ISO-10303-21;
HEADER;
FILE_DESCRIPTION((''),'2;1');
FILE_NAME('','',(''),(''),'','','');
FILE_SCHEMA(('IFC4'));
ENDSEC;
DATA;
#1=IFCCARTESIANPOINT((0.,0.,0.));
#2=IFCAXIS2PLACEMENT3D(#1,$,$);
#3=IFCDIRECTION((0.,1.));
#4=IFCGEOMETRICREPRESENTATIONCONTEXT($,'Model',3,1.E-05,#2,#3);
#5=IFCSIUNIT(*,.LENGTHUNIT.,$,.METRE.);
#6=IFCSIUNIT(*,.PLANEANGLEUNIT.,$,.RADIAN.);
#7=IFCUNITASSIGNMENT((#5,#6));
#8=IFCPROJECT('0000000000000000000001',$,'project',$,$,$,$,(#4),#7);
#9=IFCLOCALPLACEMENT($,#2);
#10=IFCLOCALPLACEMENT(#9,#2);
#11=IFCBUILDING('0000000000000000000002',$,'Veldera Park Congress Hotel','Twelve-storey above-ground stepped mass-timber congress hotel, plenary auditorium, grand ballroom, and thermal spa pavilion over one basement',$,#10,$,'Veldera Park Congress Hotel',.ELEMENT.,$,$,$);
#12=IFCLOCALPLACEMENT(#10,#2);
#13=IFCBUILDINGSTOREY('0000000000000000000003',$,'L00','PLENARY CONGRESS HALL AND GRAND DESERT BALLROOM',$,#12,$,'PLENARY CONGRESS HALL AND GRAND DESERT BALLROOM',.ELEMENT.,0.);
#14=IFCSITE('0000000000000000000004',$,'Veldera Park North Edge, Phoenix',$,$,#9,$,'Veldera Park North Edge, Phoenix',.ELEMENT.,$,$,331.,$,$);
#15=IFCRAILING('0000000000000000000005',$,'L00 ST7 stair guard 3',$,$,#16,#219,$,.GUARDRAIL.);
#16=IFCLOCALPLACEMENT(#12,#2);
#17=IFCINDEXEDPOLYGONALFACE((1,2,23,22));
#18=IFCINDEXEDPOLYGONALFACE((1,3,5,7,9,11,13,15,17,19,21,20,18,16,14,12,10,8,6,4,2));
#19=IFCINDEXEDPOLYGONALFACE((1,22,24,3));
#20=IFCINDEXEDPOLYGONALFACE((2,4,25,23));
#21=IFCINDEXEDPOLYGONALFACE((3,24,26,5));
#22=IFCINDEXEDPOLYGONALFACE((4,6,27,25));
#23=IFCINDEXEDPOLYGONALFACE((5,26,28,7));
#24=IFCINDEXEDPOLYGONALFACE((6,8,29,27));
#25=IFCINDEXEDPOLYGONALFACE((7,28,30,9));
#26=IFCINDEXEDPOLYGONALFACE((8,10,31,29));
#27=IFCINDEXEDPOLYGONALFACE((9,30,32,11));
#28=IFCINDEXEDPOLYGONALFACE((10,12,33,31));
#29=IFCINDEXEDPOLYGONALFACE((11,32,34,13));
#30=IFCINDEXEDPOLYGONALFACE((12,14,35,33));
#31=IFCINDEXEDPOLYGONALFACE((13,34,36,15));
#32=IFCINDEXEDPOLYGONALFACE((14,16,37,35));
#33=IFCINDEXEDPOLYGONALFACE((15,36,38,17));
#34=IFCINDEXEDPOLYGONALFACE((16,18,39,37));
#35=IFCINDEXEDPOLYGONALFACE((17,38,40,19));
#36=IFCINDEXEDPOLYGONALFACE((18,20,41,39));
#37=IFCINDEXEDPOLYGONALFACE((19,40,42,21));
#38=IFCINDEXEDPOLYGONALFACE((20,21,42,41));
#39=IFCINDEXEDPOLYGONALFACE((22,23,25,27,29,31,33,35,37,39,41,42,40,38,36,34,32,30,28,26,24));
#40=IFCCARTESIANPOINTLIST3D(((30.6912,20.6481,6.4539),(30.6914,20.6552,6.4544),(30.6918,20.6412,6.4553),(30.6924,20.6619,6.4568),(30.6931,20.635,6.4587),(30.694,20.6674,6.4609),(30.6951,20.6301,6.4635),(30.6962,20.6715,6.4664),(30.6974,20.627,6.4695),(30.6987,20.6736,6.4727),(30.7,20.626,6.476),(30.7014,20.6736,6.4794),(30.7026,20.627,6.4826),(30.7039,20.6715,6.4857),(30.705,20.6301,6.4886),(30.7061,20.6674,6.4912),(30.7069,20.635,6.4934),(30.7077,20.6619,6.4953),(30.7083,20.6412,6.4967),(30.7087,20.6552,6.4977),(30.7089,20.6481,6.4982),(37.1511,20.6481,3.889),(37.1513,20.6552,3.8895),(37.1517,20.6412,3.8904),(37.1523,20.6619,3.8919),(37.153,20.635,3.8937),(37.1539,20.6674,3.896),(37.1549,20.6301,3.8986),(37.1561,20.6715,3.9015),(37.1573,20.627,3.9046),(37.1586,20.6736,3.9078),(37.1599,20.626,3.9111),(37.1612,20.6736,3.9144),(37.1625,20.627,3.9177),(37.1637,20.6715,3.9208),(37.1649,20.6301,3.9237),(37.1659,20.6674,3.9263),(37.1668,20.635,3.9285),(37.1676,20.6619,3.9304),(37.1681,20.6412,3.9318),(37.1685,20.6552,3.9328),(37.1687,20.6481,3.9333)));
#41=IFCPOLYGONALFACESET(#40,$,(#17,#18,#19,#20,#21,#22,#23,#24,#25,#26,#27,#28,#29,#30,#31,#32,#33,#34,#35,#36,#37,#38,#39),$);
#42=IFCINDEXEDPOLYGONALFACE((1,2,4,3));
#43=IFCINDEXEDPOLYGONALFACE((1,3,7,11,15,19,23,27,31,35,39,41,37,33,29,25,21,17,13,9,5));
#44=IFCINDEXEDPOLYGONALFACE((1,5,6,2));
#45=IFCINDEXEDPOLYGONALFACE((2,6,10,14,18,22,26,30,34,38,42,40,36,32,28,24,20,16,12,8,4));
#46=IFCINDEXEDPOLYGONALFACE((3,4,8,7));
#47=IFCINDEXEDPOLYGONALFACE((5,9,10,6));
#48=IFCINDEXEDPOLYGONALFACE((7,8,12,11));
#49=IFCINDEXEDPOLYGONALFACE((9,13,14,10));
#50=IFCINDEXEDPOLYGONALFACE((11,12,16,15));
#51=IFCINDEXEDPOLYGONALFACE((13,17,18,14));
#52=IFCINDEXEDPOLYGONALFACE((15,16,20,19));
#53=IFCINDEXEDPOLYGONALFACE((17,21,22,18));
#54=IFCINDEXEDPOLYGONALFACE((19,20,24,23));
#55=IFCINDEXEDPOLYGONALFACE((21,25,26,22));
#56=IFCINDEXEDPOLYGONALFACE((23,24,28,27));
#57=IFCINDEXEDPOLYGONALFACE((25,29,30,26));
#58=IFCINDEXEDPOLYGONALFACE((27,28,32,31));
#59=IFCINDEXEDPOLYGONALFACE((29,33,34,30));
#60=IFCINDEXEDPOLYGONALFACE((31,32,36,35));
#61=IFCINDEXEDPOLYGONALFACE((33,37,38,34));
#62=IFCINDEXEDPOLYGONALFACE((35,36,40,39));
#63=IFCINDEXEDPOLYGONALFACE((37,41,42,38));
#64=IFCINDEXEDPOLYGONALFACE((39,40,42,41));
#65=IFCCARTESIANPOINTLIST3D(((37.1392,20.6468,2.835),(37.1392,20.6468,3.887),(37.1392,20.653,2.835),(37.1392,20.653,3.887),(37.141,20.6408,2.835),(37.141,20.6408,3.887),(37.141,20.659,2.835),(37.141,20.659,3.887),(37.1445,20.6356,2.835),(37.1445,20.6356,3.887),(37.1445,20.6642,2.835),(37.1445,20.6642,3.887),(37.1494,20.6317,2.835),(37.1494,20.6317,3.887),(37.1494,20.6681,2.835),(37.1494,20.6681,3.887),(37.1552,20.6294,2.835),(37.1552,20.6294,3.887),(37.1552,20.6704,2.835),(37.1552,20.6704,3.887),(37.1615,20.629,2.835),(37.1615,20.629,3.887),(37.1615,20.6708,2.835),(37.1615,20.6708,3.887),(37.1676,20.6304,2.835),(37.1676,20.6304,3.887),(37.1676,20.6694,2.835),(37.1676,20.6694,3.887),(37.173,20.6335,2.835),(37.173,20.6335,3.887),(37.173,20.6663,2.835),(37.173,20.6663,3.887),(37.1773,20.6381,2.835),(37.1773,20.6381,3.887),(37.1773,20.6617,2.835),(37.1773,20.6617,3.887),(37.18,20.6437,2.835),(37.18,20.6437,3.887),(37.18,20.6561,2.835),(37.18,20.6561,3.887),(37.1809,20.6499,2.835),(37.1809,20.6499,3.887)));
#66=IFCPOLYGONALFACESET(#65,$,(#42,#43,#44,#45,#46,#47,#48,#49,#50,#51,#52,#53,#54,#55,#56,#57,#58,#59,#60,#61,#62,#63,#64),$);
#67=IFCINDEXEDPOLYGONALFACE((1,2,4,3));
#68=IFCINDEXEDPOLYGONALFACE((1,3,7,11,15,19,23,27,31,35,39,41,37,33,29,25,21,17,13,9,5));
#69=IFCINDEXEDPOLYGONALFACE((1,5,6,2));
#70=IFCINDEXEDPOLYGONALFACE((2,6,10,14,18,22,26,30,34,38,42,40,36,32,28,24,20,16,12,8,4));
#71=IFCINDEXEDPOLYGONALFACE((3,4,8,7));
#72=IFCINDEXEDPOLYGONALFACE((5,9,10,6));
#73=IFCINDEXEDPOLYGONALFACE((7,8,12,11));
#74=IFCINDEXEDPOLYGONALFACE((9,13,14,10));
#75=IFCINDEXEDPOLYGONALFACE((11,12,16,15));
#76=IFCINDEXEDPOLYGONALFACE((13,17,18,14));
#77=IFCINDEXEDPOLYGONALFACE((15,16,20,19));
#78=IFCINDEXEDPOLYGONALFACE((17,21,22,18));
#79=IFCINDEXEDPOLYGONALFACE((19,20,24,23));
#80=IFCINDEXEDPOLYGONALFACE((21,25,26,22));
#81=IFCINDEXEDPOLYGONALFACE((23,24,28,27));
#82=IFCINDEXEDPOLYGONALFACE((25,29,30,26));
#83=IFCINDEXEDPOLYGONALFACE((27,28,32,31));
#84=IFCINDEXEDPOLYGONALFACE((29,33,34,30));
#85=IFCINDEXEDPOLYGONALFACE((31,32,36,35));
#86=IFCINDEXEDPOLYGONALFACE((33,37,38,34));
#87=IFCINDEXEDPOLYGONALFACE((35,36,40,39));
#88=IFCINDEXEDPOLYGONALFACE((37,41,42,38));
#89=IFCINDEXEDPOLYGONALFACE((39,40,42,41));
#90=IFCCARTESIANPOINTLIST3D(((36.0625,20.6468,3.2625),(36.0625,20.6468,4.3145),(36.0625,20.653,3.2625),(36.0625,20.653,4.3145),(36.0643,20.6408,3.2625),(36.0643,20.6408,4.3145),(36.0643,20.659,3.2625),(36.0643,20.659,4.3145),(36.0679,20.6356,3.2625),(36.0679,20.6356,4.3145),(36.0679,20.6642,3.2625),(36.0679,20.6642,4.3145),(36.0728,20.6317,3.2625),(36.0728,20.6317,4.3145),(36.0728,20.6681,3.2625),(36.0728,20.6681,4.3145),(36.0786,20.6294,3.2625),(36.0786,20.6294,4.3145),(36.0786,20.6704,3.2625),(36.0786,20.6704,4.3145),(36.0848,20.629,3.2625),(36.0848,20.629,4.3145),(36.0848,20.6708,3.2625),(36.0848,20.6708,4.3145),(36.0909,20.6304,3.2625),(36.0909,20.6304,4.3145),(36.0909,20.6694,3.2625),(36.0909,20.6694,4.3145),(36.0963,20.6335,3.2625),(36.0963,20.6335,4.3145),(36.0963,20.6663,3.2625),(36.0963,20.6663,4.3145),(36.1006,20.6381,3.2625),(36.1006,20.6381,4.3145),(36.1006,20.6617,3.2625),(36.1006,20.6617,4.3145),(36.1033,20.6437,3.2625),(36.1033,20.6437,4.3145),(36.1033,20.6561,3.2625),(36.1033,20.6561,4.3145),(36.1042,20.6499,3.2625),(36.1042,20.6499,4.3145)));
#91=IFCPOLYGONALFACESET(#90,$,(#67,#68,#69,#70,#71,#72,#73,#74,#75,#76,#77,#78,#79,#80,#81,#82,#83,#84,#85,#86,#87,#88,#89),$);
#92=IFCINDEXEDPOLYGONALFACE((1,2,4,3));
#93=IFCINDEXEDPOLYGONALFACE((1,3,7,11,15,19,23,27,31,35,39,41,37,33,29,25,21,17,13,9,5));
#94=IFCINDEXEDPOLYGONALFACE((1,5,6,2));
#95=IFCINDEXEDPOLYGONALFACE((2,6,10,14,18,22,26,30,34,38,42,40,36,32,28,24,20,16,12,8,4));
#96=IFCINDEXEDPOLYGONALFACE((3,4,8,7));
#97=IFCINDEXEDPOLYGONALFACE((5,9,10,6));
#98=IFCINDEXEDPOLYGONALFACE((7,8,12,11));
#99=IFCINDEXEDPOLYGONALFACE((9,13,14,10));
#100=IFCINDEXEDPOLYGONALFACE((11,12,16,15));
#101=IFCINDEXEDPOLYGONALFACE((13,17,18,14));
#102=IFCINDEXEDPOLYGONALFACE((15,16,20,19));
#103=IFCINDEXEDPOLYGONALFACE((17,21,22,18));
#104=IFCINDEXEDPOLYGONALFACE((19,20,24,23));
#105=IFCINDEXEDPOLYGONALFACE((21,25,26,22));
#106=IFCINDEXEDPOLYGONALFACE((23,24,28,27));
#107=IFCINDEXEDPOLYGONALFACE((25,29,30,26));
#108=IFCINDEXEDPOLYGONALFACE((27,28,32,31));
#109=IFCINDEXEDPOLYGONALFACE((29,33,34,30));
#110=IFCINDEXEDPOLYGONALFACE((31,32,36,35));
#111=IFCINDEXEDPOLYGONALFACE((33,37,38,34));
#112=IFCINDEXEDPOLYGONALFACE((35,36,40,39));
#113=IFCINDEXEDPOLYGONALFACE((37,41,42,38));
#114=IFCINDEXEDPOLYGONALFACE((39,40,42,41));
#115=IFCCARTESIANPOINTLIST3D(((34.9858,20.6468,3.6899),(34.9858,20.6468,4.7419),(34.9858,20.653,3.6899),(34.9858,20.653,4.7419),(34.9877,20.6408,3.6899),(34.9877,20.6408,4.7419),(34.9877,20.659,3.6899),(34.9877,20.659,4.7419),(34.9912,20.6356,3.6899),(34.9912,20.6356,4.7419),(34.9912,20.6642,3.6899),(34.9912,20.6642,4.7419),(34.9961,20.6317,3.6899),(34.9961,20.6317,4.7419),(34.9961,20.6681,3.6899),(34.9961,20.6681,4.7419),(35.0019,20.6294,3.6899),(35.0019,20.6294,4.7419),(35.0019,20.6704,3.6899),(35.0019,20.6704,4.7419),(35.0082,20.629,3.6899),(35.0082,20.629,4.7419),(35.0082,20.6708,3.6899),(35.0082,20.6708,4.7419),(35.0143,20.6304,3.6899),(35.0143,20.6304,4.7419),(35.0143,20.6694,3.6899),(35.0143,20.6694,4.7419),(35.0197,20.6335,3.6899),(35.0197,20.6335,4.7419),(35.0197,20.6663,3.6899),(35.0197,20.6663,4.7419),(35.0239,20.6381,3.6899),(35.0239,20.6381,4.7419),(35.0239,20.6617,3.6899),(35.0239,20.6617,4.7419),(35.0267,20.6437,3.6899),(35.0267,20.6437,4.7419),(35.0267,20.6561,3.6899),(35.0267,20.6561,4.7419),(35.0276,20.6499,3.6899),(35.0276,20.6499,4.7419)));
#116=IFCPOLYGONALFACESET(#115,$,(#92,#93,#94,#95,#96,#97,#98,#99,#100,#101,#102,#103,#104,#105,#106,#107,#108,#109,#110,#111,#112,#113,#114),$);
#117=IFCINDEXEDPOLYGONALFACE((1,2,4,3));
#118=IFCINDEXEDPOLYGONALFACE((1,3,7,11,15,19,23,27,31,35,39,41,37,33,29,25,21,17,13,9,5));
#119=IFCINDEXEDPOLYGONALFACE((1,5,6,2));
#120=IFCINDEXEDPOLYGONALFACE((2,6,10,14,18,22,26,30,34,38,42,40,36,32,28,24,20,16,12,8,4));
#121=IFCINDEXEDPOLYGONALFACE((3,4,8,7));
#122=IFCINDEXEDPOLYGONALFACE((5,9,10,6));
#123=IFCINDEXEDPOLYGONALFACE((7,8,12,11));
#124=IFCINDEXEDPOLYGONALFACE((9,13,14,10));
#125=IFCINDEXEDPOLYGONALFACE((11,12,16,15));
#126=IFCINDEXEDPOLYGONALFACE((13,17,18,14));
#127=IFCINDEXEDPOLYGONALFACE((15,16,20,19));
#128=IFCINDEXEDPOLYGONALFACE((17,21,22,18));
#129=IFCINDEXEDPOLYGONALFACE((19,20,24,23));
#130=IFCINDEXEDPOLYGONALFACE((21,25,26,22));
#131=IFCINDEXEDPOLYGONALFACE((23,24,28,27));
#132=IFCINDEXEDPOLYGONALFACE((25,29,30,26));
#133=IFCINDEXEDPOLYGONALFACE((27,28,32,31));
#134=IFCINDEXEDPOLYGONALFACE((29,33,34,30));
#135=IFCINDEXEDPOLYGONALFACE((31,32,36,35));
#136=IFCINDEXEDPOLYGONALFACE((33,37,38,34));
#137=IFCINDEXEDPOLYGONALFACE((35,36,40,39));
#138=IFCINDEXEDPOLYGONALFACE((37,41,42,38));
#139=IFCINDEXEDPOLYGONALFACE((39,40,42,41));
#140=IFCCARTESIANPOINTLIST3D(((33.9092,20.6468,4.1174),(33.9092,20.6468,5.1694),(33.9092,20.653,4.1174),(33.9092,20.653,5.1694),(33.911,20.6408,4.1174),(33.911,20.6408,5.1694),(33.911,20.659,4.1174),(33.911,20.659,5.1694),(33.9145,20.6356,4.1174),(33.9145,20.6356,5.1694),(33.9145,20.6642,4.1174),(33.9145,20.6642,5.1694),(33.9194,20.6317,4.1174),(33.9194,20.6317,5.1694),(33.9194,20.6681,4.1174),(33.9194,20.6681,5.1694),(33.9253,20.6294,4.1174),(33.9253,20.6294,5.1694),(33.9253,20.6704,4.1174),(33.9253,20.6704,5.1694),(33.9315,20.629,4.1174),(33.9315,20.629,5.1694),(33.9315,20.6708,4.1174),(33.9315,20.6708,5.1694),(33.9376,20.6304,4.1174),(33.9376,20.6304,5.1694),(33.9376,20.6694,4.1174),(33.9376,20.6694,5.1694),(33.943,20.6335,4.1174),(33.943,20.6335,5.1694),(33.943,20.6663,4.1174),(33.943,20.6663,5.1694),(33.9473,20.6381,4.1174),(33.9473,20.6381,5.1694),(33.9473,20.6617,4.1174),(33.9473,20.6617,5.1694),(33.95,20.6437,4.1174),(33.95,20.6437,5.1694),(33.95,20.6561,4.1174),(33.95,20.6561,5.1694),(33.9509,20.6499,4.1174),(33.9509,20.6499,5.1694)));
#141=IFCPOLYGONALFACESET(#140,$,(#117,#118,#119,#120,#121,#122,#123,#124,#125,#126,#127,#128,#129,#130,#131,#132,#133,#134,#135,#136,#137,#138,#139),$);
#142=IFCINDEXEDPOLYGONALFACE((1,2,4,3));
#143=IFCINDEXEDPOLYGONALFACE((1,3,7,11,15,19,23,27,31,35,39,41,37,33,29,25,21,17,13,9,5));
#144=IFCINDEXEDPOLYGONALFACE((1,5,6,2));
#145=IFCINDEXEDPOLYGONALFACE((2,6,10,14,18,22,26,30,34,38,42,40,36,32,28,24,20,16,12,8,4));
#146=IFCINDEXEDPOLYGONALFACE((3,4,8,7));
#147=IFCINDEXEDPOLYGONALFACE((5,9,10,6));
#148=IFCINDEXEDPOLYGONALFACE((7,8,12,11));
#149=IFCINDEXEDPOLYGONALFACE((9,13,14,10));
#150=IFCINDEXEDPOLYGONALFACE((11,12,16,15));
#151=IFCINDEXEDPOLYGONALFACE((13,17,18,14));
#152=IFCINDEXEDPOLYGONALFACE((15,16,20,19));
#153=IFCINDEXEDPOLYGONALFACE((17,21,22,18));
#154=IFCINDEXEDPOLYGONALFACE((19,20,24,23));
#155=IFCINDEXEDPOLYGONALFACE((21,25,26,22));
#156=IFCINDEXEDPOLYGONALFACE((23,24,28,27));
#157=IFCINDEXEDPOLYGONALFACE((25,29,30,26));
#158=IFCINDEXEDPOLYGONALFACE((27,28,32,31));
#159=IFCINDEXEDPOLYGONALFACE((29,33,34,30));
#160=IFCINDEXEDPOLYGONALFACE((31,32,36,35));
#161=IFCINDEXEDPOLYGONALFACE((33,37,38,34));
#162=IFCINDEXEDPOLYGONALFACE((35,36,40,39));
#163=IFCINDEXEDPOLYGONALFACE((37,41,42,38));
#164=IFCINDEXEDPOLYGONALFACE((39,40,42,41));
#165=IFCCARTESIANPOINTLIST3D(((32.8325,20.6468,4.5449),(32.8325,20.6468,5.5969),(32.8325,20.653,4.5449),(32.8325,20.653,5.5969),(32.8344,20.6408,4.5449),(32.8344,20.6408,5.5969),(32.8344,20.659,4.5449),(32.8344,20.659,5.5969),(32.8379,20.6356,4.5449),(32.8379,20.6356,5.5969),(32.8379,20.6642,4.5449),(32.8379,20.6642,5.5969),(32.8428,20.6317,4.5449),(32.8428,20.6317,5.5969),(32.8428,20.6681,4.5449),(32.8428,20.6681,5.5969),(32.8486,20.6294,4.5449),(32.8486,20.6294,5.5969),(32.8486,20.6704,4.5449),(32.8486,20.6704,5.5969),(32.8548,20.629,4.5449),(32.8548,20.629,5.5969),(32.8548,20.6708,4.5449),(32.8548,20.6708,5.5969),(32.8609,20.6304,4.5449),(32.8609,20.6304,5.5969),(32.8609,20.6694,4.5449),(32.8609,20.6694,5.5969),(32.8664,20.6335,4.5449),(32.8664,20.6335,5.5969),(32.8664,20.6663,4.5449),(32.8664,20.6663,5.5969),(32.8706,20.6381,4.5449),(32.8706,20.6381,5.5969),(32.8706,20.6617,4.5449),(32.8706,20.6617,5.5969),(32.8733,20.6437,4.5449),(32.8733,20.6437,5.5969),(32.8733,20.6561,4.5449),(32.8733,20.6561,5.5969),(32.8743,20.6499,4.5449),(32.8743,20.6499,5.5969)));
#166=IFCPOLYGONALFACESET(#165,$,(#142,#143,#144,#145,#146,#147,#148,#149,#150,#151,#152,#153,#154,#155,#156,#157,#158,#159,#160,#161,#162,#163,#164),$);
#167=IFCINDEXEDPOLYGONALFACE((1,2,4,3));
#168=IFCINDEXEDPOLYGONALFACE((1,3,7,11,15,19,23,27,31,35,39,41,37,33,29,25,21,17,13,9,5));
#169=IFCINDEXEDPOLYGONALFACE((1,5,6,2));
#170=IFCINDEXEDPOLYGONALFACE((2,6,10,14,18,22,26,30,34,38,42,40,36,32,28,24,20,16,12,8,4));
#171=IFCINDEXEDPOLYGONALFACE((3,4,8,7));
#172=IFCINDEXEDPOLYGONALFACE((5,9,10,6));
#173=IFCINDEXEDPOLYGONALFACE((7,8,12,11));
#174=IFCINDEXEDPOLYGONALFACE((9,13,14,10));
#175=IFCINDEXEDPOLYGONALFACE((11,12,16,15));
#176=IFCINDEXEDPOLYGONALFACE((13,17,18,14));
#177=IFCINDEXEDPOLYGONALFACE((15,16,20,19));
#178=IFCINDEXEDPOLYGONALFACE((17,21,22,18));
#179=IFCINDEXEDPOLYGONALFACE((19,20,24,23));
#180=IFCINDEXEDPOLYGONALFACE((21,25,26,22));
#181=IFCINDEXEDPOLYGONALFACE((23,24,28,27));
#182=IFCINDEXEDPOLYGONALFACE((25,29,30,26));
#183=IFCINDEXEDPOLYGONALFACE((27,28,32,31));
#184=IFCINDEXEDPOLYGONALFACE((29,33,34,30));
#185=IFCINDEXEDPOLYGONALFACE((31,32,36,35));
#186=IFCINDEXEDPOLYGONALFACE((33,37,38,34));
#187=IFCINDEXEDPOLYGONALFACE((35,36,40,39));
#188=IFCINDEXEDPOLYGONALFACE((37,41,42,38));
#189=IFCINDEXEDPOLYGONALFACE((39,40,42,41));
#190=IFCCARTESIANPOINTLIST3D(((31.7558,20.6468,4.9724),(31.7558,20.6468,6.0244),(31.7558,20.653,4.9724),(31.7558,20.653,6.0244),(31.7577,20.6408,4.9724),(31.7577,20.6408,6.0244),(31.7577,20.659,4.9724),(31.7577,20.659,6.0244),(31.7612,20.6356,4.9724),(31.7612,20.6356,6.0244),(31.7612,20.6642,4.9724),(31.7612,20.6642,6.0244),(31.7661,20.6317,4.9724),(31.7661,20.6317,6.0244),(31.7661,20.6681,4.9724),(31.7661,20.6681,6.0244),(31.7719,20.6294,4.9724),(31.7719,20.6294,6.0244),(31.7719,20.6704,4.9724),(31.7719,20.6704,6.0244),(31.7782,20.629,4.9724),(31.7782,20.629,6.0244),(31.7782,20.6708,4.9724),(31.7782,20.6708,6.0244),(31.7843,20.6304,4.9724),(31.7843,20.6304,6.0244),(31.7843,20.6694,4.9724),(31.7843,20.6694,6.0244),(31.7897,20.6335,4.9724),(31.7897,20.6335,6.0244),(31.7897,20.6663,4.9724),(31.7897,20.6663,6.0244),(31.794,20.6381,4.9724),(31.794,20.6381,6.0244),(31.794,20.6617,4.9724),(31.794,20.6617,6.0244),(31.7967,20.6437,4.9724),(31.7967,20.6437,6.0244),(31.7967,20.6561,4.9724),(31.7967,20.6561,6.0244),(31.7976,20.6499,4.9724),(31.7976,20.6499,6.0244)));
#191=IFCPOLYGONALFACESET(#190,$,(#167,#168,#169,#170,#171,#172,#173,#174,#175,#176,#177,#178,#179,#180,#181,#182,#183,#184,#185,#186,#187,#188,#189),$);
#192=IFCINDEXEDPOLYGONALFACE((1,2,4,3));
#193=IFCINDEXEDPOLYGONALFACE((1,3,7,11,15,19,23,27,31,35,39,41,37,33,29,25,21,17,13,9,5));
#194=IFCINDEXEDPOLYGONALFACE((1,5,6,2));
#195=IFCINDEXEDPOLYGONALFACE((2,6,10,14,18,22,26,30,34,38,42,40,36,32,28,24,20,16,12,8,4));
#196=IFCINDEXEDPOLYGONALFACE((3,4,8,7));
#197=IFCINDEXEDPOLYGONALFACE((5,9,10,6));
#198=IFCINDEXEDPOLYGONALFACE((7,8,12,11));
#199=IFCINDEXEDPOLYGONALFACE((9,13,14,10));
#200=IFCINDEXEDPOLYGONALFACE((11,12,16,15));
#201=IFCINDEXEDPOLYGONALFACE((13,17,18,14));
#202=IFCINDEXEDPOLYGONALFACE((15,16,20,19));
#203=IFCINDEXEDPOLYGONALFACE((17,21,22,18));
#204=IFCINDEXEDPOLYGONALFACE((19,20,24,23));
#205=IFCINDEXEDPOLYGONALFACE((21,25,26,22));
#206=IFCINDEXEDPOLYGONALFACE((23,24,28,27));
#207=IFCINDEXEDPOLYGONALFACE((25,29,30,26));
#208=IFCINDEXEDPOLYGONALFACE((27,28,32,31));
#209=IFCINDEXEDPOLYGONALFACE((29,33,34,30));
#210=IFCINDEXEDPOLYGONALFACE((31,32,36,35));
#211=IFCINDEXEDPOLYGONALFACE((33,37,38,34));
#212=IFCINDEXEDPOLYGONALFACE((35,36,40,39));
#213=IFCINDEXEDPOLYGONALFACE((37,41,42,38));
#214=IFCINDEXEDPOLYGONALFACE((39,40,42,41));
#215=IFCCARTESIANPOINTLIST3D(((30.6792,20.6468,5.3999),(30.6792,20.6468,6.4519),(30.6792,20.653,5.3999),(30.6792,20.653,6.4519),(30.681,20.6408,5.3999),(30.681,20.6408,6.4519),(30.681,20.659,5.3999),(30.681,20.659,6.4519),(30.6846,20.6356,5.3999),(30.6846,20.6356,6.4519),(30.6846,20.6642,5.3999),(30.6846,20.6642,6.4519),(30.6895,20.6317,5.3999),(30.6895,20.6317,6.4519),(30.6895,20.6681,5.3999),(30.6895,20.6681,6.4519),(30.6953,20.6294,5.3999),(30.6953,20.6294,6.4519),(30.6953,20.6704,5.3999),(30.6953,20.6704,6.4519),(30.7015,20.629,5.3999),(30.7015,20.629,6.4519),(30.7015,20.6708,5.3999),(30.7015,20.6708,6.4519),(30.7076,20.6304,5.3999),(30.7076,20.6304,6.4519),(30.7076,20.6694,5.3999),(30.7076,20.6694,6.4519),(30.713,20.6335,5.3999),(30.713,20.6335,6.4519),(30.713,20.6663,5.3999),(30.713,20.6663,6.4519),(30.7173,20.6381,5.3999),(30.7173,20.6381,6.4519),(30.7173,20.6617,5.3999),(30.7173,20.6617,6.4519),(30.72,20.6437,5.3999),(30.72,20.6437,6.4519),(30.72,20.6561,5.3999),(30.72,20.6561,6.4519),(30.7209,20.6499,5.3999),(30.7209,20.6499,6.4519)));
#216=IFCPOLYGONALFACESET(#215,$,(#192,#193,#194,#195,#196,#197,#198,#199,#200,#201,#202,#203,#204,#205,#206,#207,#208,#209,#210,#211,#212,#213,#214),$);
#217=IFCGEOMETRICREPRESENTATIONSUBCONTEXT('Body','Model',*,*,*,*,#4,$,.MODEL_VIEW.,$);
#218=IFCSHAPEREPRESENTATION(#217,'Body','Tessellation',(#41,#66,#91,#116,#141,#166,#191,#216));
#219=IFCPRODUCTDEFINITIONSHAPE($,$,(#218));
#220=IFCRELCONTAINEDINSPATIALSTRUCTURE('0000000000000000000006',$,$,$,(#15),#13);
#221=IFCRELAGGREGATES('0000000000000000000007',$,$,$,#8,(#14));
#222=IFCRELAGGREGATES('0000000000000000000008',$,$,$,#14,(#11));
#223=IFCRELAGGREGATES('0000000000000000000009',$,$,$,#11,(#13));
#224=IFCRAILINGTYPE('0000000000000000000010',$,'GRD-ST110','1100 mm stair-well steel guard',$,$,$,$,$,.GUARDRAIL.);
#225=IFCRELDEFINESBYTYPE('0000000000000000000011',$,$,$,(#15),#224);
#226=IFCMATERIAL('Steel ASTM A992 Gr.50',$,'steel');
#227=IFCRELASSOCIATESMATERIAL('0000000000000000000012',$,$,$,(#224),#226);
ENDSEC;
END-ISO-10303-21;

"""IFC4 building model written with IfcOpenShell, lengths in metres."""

from ifc_helpers import new_model, si_unit, direction, frame, origin, origin_2d, place, context, subcontext, project, spatial, circle, extrude, material, type_object, element, save


model = new_model("IFC4")

# Units and contexts
model_context = context("Model", 3, precision=1e-05, world=origin(), true_north=direction((0.0, 1.0)))
body_context = subcontext(model_context, "Body", "Model", "MODEL_VIEW")
ifc_project = project(units=[si_unit("LENGTHUNIT", "METRE"), si_unit("PLANEANGLEUNIT", "RADIAN")], contexts=[model_context])

# Site, building, storey
site_placement = place(None, origin())
site = spatial("IfcSite", under=ifc_project, at=site_placement, Name="Veldera Park North Edge, Phoenix", LongName="Veldera Park North Edge, Phoenix", CompositionType="ELEMENT", RefElevation=331.0)
building_placement = place(site_placement, origin())
building = spatial("IfcBuilding", under=site, at=building_placement, Name="Veldera Park Congress Hotel", Description="Twelve-storey above-ground stepped mass-timber congress hotel, plenary auditorium, grand ballroom, and thermal spa pavilion over one basement", LongName="Veldera Park Congress Hotel", CompositionType="ELEMENT")
storey_placement = place(building_placement, origin())
storey = spatial("IfcBuildingStorey", under=building, at=storey_placement, Name="L00", Description="PLENARY CONGRESS HALL AND GRAND DESERT BALLROOM", LongName="PLENARY CONGRESS HALL AND GRAND DESERT BALLROOM", CompositionType="ELEMENT", Elevation=0.0)

# Shared definitions
ifc_material_1 = material(Name="Steel ASTM A992 Gr.50", Category="steel")

# Railing
railing_type_1 = type_object("IfcRailingType", Name="GRD-ST110", Description="1100 mm stair-well steel guard", PredefinedType="GUARDRAIL", material=ifc_material_1)
railing_1_placement = place(storey_placement, frame((37.1599, 20.6499, 2.835)))
element("IfcRailing", 1, at=railing_1_placement, inside=storey, type_object=railing_type_1, Name="L00 ST7 stair guard 3", PredefinedType="GUARDRAIL", context=body_context, shape_type="SweptSolid", body=[
    extrude(circle(Radius=0.0239, at=origin_2d()), frame((0.0, 0.0, 1.0762), z_axis=(-0.929418, 0.0, 0.369028), x_axis=(0.0, -1.0, 0.0)), (0.0, 0.0, 1.0), 6.9504),
    extrude(circle(Radius=0.021, at=origin_2d()), origin(), (0.0, 0.0, 1.0), 1.052),
    extrude(circle(Radius=0.021, at=origin_2d()), frame((-1.0767, 0.0, 0.4275)), (0.0, 0.0, 1.0), 1.052),
    extrude(circle(Radius=0.021, at=origin_2d()), frame((-2.1533, 0.0, 0.855)), (0.0, 0.0, 1.0), 1.052),
    extrude(circle(Radius=0.021, at=origin_2d()), frame((-3.23, 0.0, 1.2825)), (0.0, 0.0, 1.0), 1.052),
    extrude(circle(Radius=0.021, at=origin_2d()), frame((-4.3066, 0.0, 1.71)), (0.0, 0.0, 1.0), 1.052),
    extrude(circle(Radius=0.021, at=origin_2d()), frame((-5.3833, 0.0, 2.1375)), (0.0, 0.0, 1.0), 1.052),
    extrude(circle(Radius=0.021, at=origin_2d()), frame((-6.46, 0.0, 2.5649)), (0.0, 0.0, 1.0), 1.052),
])

save(model, "model.ifc")
